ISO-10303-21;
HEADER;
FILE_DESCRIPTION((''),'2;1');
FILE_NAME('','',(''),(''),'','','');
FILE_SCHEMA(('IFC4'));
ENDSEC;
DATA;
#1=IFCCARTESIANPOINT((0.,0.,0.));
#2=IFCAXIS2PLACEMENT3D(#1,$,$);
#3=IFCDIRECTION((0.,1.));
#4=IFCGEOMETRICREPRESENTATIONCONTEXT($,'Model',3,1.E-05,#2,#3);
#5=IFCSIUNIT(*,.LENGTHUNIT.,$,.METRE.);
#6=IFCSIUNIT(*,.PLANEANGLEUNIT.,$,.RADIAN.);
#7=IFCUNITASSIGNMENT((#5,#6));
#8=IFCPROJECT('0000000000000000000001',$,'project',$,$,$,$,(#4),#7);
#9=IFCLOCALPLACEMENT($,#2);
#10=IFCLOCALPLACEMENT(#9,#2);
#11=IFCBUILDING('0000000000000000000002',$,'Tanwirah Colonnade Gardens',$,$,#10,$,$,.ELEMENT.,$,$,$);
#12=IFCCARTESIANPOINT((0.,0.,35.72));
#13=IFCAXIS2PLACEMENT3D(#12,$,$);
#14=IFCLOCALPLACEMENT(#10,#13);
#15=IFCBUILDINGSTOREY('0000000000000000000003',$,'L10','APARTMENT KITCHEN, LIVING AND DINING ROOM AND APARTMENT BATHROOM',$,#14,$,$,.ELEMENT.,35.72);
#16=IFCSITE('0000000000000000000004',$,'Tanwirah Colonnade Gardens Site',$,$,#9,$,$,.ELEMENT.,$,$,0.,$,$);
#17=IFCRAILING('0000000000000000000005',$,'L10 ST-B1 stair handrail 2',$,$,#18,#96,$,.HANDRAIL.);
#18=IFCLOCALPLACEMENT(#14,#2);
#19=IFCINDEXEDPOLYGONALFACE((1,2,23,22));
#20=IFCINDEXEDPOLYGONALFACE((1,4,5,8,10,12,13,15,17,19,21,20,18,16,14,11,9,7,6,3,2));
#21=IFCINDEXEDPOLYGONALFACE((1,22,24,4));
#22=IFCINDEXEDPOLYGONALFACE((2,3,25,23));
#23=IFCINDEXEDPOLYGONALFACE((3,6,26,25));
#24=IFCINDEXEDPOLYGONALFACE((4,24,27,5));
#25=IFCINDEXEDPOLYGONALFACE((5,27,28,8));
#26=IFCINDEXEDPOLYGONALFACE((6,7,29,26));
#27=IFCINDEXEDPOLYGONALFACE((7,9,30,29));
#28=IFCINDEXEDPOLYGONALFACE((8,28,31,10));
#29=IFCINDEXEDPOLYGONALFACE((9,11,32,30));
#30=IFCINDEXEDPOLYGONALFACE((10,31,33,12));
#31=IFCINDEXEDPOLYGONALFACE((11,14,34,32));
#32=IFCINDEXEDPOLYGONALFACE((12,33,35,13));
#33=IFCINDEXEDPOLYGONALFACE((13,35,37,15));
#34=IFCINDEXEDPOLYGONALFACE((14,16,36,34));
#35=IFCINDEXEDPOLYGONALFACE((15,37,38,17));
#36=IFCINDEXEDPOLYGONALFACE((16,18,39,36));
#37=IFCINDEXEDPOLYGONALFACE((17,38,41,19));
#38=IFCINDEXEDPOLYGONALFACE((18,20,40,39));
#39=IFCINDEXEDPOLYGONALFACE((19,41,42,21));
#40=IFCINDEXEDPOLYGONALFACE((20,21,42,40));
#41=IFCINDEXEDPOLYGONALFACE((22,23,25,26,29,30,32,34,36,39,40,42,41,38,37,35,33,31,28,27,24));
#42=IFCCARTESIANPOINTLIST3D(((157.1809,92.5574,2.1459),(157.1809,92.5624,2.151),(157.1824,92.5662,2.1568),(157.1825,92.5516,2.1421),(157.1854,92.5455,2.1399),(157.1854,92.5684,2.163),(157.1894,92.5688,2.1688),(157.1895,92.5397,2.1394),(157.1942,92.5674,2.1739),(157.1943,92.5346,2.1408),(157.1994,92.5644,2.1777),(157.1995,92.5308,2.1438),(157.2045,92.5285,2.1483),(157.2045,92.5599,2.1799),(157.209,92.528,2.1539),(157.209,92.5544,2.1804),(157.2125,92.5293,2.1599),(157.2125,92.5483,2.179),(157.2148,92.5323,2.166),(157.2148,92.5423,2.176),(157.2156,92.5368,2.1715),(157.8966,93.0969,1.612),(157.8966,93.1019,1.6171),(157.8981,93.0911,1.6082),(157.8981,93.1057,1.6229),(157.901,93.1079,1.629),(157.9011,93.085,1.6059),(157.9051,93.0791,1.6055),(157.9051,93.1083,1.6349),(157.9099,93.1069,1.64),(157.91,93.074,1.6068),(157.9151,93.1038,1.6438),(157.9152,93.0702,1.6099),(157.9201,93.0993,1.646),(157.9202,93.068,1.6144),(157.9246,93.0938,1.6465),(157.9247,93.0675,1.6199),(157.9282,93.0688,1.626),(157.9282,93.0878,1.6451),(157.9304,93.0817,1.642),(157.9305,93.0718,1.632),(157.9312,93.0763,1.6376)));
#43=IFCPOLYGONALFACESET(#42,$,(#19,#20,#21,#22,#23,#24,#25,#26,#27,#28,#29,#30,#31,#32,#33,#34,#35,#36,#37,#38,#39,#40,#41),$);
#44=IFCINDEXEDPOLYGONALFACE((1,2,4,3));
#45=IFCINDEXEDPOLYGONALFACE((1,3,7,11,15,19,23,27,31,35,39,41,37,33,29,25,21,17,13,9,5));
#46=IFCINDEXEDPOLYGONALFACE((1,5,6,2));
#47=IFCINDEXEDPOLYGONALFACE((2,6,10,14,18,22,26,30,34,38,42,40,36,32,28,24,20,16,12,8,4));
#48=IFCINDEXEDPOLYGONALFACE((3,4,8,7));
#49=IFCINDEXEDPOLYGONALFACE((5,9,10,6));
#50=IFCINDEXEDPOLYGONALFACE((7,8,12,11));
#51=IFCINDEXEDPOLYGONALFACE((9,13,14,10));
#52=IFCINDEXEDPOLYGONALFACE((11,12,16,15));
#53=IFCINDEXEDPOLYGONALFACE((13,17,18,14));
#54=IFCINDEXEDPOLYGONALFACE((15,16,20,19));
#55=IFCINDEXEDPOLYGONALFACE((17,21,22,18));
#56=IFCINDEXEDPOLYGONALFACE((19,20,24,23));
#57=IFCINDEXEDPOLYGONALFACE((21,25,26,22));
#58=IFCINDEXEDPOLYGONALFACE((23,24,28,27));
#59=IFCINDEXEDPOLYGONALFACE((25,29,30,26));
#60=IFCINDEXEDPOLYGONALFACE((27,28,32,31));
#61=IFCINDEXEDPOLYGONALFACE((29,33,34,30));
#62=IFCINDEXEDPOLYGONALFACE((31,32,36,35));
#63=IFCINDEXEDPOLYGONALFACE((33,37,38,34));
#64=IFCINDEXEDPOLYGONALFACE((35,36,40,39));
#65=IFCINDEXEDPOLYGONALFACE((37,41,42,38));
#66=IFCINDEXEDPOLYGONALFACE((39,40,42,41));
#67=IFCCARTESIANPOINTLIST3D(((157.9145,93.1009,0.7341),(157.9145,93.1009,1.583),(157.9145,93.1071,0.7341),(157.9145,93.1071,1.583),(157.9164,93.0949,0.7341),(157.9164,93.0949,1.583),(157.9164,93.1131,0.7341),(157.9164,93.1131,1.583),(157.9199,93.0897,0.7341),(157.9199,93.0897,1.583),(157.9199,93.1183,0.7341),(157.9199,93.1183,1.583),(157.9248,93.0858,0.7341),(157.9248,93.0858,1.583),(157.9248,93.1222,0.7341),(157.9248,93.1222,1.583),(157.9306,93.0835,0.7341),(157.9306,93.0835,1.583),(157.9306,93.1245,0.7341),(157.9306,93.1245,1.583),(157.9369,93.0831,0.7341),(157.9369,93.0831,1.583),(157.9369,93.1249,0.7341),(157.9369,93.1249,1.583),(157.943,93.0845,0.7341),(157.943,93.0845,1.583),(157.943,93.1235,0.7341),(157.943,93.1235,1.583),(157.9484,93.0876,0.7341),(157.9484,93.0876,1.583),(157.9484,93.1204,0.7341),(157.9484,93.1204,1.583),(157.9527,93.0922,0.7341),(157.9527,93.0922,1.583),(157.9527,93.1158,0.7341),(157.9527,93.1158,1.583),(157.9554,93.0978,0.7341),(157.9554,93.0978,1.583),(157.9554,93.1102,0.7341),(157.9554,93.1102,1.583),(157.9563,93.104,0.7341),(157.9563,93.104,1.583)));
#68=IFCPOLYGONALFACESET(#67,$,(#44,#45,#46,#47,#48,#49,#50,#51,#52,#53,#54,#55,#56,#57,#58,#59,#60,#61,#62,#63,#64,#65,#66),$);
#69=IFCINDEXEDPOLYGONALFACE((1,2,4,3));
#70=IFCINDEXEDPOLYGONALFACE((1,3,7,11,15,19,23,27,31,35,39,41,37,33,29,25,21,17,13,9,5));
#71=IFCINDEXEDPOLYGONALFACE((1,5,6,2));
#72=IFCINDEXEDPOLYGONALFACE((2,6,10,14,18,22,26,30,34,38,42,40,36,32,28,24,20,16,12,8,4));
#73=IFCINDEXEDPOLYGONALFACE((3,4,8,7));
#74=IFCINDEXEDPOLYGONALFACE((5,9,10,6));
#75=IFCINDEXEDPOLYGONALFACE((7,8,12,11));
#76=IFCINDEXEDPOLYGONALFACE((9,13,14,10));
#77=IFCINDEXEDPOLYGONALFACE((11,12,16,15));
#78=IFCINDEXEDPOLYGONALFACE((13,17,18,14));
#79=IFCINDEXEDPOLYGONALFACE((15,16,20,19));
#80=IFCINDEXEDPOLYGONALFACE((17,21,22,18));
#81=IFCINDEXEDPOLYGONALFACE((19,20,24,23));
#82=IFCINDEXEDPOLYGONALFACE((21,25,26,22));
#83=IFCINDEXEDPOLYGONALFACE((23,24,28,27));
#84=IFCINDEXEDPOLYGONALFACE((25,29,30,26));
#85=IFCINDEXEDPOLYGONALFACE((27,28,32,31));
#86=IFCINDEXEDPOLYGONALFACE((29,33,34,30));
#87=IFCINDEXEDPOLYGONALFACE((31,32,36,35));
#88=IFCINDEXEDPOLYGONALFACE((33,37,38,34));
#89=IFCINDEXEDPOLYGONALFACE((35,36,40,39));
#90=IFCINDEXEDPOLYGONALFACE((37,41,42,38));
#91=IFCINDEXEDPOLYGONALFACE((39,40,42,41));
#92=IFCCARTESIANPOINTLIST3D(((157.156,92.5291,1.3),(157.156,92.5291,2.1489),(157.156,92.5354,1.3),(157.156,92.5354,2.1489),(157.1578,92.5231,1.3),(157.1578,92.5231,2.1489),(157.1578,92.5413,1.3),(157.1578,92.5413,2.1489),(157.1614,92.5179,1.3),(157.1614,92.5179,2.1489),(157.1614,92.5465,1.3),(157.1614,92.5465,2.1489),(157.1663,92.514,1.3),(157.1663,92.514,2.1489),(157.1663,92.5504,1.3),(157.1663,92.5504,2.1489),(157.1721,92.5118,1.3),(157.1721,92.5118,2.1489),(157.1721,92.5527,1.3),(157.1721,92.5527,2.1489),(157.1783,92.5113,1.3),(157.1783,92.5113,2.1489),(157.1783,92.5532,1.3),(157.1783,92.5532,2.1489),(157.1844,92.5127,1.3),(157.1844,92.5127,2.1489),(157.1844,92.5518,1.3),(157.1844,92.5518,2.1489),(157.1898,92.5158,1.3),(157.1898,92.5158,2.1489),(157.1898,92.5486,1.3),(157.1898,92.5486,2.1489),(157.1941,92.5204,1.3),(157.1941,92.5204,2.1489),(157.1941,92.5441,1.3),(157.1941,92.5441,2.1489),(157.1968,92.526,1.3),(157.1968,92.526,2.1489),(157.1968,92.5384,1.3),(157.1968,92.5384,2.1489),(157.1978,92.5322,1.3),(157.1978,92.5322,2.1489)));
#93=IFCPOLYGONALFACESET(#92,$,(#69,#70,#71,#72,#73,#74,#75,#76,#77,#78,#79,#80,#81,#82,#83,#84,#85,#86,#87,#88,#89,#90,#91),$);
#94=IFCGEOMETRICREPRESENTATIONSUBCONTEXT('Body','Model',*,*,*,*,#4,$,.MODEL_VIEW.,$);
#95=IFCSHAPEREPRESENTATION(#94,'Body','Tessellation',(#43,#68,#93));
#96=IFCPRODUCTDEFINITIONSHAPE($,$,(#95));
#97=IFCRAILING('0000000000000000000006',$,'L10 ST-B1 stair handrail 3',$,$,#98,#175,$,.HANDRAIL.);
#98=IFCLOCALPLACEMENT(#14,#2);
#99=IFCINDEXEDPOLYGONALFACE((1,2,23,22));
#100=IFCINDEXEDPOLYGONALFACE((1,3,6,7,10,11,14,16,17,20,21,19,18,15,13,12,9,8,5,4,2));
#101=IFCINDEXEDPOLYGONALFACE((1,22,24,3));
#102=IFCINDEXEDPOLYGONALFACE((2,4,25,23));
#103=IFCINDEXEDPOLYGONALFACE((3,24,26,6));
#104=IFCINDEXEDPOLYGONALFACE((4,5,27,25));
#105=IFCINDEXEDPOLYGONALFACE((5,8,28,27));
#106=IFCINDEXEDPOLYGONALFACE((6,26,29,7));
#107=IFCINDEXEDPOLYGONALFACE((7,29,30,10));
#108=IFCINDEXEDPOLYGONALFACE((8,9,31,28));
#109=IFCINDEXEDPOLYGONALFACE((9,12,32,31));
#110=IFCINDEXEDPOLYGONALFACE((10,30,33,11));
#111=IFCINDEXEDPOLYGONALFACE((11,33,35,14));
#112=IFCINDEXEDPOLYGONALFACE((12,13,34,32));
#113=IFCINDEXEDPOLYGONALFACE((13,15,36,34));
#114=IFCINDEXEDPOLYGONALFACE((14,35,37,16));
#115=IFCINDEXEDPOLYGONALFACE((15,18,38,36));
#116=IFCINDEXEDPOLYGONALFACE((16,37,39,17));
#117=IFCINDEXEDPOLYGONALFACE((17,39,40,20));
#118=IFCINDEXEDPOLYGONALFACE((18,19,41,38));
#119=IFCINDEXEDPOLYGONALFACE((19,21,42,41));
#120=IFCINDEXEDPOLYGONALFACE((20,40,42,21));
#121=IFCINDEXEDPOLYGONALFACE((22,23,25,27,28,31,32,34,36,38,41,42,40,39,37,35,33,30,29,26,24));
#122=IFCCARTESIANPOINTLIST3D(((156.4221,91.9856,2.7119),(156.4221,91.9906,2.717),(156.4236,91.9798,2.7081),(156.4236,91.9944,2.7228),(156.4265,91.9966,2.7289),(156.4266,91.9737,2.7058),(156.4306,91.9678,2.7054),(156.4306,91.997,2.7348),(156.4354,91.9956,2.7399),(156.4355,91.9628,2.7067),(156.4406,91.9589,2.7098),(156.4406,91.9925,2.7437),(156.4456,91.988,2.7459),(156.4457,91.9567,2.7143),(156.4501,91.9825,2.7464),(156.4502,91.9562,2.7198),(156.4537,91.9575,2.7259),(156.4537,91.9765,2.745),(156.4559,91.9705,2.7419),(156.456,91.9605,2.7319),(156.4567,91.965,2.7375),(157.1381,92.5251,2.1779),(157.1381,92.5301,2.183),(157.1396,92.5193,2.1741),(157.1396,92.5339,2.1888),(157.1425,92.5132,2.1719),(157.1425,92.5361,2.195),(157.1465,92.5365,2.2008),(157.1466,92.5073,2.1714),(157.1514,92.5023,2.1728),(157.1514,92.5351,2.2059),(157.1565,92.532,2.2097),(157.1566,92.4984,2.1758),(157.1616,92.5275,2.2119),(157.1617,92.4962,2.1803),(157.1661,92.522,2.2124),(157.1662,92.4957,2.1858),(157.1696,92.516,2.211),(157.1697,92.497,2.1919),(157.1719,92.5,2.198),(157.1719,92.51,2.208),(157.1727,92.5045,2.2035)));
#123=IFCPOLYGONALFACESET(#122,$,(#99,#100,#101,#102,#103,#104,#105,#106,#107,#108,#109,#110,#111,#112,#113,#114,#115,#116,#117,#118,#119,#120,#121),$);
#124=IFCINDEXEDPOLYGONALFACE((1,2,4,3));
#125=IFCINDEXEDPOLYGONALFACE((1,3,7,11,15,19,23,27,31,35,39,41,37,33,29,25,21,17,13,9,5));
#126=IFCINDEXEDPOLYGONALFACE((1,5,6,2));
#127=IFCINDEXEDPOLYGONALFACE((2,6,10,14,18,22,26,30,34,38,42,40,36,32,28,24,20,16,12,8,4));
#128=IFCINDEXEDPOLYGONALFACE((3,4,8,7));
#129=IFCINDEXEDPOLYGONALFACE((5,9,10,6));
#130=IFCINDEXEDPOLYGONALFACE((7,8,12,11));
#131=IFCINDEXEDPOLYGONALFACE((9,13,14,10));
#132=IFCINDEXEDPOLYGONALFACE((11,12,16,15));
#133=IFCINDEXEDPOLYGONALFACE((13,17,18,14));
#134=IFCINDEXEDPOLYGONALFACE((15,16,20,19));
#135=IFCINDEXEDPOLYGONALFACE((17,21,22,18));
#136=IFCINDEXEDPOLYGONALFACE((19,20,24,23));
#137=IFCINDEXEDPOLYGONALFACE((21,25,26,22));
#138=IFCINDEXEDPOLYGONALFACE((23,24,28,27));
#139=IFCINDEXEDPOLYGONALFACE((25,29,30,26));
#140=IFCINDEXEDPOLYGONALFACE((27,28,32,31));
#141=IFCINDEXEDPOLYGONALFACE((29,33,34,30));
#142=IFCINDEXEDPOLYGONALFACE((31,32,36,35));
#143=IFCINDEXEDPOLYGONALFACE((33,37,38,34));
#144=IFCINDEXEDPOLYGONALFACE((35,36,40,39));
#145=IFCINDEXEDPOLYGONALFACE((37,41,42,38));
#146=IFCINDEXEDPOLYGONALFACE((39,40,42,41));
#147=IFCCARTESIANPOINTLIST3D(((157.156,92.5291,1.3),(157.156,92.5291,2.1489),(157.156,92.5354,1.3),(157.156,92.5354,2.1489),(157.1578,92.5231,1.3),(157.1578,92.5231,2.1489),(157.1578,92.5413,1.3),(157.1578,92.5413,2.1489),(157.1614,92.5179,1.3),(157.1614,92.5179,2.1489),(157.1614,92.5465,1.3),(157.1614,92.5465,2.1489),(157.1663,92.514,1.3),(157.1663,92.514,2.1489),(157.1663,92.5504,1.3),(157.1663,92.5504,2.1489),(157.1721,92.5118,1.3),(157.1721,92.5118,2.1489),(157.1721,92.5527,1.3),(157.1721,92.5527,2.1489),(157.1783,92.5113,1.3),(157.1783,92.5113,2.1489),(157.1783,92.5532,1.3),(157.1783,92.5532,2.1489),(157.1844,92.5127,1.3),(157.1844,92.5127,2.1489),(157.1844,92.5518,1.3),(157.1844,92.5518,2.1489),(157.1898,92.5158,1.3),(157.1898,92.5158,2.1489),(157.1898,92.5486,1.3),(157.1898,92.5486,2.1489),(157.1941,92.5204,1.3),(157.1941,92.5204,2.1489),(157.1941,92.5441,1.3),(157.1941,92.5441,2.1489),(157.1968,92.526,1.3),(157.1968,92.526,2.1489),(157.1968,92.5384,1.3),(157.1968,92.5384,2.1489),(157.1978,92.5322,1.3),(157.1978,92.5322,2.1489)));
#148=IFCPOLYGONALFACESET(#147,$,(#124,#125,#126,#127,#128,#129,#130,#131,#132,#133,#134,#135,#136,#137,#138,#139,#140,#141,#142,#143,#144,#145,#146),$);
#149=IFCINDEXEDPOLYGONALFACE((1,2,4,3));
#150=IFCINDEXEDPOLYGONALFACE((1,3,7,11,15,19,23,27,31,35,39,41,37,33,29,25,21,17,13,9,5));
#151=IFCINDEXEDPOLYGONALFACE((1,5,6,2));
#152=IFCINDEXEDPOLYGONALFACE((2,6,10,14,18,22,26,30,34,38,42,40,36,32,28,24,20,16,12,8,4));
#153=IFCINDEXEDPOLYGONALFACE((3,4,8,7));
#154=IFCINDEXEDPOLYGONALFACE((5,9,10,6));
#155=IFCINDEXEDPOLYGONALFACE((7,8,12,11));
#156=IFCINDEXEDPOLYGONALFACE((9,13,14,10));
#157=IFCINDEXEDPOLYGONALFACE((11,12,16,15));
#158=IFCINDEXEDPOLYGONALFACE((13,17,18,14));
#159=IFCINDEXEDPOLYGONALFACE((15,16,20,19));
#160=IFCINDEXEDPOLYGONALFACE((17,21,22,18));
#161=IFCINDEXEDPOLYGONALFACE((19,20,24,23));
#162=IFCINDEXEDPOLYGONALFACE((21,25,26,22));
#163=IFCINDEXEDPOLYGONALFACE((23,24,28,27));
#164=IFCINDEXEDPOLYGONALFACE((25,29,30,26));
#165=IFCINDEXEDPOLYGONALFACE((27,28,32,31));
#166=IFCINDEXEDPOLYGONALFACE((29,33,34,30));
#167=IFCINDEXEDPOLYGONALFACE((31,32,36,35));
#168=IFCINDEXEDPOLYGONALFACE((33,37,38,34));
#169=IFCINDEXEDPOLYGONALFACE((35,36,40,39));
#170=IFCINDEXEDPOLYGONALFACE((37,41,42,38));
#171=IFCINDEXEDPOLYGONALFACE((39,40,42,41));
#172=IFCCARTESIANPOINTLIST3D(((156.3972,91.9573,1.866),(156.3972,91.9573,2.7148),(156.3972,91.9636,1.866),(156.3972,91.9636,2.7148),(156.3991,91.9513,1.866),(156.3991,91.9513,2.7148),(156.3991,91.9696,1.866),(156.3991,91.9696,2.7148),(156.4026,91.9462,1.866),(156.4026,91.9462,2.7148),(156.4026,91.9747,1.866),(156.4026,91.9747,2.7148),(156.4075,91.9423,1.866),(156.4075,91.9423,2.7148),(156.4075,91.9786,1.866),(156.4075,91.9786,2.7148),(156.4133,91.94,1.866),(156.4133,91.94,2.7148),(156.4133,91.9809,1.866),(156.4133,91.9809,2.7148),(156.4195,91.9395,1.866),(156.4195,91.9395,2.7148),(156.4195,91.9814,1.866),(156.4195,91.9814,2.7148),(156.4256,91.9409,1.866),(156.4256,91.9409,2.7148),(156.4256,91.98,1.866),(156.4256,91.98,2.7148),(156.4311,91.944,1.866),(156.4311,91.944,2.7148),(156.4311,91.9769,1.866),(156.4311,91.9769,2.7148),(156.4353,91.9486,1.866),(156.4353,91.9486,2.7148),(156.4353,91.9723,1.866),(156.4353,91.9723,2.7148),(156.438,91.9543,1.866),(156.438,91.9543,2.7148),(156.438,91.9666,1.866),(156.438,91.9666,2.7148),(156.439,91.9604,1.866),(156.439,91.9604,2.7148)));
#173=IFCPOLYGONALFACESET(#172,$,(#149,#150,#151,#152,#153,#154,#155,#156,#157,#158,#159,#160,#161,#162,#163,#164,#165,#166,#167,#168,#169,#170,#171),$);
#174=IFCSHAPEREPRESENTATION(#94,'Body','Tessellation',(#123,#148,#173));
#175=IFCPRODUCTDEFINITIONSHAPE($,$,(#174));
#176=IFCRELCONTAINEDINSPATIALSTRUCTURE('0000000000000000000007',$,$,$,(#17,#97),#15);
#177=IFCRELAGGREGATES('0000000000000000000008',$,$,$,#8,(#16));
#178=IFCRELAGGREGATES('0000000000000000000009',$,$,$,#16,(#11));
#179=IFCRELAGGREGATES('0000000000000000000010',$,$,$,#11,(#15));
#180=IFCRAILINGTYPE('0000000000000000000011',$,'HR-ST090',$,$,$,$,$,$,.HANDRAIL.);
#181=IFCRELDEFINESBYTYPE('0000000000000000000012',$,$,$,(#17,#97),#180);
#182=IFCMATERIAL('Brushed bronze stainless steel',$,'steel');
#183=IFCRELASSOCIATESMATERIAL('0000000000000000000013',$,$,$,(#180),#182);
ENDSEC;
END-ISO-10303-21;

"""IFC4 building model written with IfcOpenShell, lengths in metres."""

from ifc_helpers import new_model, si_unit, direction, frame, origin, origin_2d, place, context, subcontext, project, spatial, circle, extrude, material, type_object, element, save


model = new_model("IFC4")

# Units and contexts
model_context = context("Model", 3, precision=1e-05, world=origin(), true_north=direction((0.0, 1.0)))
body_context = subcontext(model_context, "Body", "Model", "MODEL_VIEW")
ifc_project = project(units=[si_unit("LENGTHUNIT", "METRE"), si_unit("PLANEANGLEUNIT", "RADIAN")], contexts=[model_context])

# Site, building, storey
site_placement = place(None, origin())
site = spatial("IfcSite", under=ifc_project, at=site_placement, Name="Tanwirah Colonnade Gardens Site", CompositionType="ELEMENT", RefElevation=0.0)
building_placement = place(site_placement, origin())
building = spatial("IfcBuilding", under=site, at=building_placement, Name="Tanwirah Colonnade Gardens", CompositionType="ELEMENT")
storey_placement = place(building_placement, frame((0.0, 0.0, 35.72)))
storey = spatial("IfcBuildingStorey", under=building, at=storey_placement, Name="L10", Description="APARTMENT KITCHEN, LIVING AND DINING ROOM AND APARTMENT BATHROOM", CompositionType="ELEMENT", Elevation=35.72)

# Railings
ifc_material_1 = material(Name="Brushed bronze stainless steel", Category="steel")
railing_type_1 = type_object("IfcRailingType", Name="HR-ST090", PredefinedType="HANDRAIL", material=ifc_material_1)
railing_1_placement = place(storey_placement, frame((157.9353, 93.104, 0.7341)))
element("IfcRailing", 1, at=railing_1_placement, inside=storey, type_object=railing_type_1, Name="L10 ST-B1 stair handrail 2", PredefinedType="HANDRAIL", context=body_context, shape_type="SweptSolid", body=[
    extrude(circle(Radius=0.0239, at=origin_2d()), frame((-0.0215, -0.0161, 0.8918), z_axis=(-0.686028, -0.517116, 0.511817), x_axis=(0.601931, -0.798548, 0.0)), (0.0, 0.0, 1.0), 1.0432),
    extrude(circle(Radius=0.021, at=origin_2d()), origin(), (0.0, 0.0, 1.0), 0.8489),
    extrude(circle(Radius=0.021, at=origin_2d()), frame((-0.7585, -0.5718, 0.5659)), (0.0, 0.0, 1.0), 0.8489),
])
railing_2_placement = place(storey_placement, frame((157.1768, 92.5322, 1.3)))
element("IfcRailing", 2, at=railing_2_placement, inside=storey, type_object=railing_type_1, Name="L10 ST-B1 stair handrail 3", PredefinedType="HANDRAIL", context=body_context, shape_type="SweptSolid", body=[
    extrude(circle(Radius=0.0239, at=origin_2d()), frame((-0.0215, -0.0161, 0.8918), z_axis=(-0.686145, -0.517037, 0.511739), x_axis=(0.601807, -0.798641, 0.0)), (0.0, 0.0, 1.0), 1.0435),
    extrude(circle(Radius=0.021, at=origin_2d()), origin(), (0.0, 0.0, 1.0), 0.8489),
    extrude(circle(Radius=0.021, at=origin_2d()), frame((-0.7588, -0.5718, 0.5659)), (0.0, 0.0, 1.0), 0.8489),
])

save(model, "model.ifc")
